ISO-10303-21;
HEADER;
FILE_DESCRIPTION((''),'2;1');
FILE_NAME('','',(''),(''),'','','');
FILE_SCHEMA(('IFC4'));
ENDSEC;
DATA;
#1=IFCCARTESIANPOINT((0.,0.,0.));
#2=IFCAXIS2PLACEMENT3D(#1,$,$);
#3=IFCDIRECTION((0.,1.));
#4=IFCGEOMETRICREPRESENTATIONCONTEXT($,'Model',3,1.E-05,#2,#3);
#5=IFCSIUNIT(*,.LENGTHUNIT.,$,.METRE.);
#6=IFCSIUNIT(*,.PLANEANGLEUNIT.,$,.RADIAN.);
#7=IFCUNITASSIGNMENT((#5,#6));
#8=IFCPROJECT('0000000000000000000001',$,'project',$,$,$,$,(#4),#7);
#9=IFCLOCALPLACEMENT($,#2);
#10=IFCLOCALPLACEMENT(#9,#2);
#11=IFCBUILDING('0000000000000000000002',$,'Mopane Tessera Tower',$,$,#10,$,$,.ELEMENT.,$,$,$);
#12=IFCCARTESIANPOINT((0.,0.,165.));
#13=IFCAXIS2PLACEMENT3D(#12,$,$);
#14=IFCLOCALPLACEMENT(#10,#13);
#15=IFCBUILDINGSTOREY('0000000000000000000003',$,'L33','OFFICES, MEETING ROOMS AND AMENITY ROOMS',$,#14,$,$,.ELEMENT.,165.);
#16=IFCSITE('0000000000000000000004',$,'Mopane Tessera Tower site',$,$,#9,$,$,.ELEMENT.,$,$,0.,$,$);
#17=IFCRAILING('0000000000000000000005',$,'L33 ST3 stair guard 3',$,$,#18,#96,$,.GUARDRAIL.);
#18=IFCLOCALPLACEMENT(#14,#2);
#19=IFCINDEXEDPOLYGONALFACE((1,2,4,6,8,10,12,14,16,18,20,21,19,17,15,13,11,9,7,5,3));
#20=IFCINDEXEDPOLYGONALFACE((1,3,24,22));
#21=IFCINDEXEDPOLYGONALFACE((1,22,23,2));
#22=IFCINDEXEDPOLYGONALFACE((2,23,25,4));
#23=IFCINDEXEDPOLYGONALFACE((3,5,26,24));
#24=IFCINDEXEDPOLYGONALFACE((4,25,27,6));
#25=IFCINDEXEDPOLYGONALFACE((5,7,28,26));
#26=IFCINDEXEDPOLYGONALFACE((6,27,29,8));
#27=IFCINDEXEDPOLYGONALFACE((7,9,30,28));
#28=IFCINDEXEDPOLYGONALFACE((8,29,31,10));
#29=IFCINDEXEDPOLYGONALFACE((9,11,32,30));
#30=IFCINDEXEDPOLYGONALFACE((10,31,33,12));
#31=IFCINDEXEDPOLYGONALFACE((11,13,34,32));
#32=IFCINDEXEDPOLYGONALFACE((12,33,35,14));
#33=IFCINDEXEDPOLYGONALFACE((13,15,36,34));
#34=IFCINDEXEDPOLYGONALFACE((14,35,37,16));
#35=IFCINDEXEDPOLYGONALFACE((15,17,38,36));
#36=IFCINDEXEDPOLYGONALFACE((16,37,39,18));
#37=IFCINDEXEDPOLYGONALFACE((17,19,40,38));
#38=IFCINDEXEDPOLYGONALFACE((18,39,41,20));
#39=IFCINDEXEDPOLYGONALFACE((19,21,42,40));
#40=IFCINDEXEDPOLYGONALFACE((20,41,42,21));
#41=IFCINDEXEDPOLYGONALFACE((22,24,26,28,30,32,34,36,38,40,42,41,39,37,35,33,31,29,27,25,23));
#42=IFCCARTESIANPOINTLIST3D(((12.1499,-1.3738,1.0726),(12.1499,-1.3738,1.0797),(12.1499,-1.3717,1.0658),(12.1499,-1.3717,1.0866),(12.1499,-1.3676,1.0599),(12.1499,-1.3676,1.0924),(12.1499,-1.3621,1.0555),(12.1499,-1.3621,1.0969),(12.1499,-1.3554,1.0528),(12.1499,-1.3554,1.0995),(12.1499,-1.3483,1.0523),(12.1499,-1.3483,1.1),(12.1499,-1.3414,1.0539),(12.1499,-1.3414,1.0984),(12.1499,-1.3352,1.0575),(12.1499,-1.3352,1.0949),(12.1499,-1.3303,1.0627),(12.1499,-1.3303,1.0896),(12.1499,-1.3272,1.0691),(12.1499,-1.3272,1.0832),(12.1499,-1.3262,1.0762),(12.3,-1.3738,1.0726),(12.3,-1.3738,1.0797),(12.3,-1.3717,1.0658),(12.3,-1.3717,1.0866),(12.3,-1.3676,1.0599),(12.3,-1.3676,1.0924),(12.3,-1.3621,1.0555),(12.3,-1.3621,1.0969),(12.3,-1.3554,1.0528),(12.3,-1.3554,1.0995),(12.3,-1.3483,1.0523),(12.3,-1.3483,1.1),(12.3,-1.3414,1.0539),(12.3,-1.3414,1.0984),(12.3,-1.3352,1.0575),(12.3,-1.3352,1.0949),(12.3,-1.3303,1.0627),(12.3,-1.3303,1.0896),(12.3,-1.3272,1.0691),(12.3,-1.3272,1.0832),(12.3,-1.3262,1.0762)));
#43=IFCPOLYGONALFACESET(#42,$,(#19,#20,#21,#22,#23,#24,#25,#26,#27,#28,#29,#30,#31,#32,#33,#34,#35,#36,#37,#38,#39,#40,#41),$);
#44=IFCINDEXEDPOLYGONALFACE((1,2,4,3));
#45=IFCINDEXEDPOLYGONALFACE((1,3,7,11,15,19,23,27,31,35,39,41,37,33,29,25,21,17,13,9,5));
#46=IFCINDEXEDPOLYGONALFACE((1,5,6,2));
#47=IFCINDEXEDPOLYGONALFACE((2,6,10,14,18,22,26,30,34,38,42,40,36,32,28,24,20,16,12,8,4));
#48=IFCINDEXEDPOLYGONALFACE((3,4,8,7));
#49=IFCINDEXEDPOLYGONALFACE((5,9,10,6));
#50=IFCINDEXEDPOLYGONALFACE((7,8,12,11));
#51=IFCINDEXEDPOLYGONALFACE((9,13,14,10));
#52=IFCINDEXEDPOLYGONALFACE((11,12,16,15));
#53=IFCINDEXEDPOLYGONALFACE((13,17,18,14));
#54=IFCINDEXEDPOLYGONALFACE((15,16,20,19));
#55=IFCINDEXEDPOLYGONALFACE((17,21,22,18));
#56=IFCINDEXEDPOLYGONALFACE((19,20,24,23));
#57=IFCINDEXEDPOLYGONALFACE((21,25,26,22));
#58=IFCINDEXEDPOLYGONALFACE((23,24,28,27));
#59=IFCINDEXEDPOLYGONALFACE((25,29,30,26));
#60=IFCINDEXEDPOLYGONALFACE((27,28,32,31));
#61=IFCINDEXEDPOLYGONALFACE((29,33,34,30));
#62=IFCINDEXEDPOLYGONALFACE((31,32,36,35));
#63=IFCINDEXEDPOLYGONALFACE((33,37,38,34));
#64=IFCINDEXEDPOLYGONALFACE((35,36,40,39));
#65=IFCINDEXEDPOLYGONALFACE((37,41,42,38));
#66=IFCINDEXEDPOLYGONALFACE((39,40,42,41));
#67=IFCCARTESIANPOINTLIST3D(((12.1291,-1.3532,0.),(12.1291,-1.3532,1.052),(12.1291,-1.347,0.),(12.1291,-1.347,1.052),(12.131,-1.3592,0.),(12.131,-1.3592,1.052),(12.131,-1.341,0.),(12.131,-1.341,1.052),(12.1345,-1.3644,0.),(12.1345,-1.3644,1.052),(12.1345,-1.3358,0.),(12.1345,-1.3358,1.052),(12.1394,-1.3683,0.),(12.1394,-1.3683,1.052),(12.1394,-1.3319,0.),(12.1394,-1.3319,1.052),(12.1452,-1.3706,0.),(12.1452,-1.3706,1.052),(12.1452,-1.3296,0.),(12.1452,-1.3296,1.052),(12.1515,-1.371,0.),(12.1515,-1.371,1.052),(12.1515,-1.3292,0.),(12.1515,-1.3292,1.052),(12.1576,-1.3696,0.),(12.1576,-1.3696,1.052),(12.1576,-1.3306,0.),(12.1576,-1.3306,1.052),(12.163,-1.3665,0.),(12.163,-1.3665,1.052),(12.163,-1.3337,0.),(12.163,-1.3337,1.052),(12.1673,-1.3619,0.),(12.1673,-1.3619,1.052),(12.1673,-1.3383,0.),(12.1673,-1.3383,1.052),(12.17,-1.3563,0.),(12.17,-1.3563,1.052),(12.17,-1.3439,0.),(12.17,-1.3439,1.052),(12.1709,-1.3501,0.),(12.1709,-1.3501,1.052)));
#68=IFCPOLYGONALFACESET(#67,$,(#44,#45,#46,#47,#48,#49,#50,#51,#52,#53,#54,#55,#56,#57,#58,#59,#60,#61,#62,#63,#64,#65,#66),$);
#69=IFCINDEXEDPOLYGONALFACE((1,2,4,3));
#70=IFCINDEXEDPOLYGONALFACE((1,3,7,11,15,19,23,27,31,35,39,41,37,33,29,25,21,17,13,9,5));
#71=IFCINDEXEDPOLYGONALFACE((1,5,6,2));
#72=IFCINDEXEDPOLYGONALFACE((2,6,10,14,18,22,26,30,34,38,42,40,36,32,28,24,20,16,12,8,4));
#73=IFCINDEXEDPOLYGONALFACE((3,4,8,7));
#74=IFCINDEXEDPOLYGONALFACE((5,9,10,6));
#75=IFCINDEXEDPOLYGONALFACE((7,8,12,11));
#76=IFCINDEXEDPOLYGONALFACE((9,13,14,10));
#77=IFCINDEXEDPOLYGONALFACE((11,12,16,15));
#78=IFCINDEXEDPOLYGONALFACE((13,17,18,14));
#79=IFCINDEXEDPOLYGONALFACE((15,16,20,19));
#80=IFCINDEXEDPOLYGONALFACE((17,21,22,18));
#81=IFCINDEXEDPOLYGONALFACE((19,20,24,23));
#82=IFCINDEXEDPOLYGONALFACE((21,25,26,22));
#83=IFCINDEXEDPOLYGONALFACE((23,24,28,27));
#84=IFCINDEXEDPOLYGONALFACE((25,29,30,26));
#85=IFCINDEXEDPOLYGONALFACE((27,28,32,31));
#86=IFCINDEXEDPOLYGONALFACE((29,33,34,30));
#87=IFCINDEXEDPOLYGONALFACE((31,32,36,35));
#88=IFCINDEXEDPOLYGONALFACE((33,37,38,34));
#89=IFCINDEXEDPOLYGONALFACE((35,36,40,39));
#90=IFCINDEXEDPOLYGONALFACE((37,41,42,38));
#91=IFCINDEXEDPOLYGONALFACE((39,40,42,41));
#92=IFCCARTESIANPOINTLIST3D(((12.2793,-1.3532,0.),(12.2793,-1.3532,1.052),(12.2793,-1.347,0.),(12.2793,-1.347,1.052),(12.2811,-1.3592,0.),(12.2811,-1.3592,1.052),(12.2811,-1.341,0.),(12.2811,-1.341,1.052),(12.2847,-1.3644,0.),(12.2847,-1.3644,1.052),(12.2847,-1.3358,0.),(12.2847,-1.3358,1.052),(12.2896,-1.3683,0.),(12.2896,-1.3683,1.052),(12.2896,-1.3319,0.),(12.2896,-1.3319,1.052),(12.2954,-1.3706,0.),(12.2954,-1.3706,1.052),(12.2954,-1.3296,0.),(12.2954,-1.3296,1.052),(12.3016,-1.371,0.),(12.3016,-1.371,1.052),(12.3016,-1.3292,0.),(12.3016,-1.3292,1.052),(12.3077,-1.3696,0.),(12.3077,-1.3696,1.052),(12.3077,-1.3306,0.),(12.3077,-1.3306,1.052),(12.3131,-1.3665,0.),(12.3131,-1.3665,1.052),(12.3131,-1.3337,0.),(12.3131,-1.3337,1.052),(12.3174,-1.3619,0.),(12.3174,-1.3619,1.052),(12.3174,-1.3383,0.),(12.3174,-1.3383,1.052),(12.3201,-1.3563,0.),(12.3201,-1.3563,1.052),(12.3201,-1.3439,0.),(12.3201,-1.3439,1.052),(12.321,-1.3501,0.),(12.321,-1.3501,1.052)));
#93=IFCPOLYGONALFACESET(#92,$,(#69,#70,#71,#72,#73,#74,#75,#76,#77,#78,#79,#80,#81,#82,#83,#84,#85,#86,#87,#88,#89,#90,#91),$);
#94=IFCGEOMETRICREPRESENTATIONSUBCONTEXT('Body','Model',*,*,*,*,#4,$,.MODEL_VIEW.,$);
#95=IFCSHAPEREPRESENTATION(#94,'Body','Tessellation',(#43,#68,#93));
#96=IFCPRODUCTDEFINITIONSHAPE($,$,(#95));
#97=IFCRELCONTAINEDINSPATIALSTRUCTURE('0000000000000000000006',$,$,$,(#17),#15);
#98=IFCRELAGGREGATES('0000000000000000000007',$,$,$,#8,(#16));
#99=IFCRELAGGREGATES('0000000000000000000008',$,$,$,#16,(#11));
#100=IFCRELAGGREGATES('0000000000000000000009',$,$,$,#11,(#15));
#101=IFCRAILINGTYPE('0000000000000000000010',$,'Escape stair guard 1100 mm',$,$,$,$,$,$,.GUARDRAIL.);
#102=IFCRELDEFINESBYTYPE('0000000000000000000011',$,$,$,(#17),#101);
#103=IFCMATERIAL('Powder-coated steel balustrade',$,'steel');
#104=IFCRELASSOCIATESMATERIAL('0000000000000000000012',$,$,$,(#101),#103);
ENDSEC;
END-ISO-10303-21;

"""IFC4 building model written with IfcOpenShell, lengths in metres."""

from ifc_helpers import new_model, si_unit, direction, frame, origin, origin_2d, place, context, subcontext, project, spatial, circle, extrude, material, type_object, element, save


model = new_model("IFC4")

# Units and contexts
model_context = context("Model", 3, precision=1e-05, world=origin(), true_north=direction((0.0, 1.0)))
body_context = subcontext(model_context, "Body", "Model", "MODEL_VIEW")
ifc_project = project(units=[si_unit("LENGTHUNIT", "METRE"), si_unit("PLANEANGLEUNIT", "RADIAN")], contexts=[model_context])

# Site, building, storey
site_placement = place(None, origin())
site = spatial("IfcSite", under=ifc_project, at=site_placement, Name="Mopane Tessera Tower site", CompositionType="ELEMENT", RefElevation=0.0)
building_placement = place(site_placement, origin())
building = spatial("IfcBuilding", under=site, at=building_placement, Name="Mopane Tessera Tower", CompositionType="ELEMENT")
storey_placement = place(building_placement, frame((0.0, 0.0, 165.0)))
storey = spatial("IfcBuildingStorey", under=building, at=storey_placement, Name="L33", Description="OFFICES, MEETING ROOMS AND AMENITY ROOMS", CompositionType="ELEMENT", Elevation=165.0)

# Railing
ifc_material_1 = material(Name="Powder-coated steel balustrade", Category="steel")
railing_type_1 = type_object("IfcRailingType", Name="Escape stair guard 1100 mm", PredefinedType="GUARDRAIL", material=ifc_material_1)
railing_1_placement = place(storey_placement, frame((12.1499, -1.3501, 0.0)))
element("IfcRailing", 1, at=railing_1_placement, inside=storey, type_object=railing_type_1, Name="L33 ST3 stair guard 3", PredefinedType="GUARDRAIL", context=body_context, shape_type="SweptSolid", body=[
    extrude(circle(Radius=0.0239, at=origin_2d()), frame((0.0, 0.0, 1.0762), z_axis=(1.0, 0.0, 0.0), x_axis=(0.0, 1.0, 0.0)), (0.0, 0.0, 1.0), 0.1501),
    extrude(circle(Radius=0.021, at=origin_2d()), origin(), (0.0, 0.0, 1.0), 1.052),
    extrude(circle(Radius=0.021, at=origin_2d()), frame((0.1501, 0.0, 0.0)), (0.0, 0.0, 1.0), 1.052),
])

save(model, "model.ifc")
